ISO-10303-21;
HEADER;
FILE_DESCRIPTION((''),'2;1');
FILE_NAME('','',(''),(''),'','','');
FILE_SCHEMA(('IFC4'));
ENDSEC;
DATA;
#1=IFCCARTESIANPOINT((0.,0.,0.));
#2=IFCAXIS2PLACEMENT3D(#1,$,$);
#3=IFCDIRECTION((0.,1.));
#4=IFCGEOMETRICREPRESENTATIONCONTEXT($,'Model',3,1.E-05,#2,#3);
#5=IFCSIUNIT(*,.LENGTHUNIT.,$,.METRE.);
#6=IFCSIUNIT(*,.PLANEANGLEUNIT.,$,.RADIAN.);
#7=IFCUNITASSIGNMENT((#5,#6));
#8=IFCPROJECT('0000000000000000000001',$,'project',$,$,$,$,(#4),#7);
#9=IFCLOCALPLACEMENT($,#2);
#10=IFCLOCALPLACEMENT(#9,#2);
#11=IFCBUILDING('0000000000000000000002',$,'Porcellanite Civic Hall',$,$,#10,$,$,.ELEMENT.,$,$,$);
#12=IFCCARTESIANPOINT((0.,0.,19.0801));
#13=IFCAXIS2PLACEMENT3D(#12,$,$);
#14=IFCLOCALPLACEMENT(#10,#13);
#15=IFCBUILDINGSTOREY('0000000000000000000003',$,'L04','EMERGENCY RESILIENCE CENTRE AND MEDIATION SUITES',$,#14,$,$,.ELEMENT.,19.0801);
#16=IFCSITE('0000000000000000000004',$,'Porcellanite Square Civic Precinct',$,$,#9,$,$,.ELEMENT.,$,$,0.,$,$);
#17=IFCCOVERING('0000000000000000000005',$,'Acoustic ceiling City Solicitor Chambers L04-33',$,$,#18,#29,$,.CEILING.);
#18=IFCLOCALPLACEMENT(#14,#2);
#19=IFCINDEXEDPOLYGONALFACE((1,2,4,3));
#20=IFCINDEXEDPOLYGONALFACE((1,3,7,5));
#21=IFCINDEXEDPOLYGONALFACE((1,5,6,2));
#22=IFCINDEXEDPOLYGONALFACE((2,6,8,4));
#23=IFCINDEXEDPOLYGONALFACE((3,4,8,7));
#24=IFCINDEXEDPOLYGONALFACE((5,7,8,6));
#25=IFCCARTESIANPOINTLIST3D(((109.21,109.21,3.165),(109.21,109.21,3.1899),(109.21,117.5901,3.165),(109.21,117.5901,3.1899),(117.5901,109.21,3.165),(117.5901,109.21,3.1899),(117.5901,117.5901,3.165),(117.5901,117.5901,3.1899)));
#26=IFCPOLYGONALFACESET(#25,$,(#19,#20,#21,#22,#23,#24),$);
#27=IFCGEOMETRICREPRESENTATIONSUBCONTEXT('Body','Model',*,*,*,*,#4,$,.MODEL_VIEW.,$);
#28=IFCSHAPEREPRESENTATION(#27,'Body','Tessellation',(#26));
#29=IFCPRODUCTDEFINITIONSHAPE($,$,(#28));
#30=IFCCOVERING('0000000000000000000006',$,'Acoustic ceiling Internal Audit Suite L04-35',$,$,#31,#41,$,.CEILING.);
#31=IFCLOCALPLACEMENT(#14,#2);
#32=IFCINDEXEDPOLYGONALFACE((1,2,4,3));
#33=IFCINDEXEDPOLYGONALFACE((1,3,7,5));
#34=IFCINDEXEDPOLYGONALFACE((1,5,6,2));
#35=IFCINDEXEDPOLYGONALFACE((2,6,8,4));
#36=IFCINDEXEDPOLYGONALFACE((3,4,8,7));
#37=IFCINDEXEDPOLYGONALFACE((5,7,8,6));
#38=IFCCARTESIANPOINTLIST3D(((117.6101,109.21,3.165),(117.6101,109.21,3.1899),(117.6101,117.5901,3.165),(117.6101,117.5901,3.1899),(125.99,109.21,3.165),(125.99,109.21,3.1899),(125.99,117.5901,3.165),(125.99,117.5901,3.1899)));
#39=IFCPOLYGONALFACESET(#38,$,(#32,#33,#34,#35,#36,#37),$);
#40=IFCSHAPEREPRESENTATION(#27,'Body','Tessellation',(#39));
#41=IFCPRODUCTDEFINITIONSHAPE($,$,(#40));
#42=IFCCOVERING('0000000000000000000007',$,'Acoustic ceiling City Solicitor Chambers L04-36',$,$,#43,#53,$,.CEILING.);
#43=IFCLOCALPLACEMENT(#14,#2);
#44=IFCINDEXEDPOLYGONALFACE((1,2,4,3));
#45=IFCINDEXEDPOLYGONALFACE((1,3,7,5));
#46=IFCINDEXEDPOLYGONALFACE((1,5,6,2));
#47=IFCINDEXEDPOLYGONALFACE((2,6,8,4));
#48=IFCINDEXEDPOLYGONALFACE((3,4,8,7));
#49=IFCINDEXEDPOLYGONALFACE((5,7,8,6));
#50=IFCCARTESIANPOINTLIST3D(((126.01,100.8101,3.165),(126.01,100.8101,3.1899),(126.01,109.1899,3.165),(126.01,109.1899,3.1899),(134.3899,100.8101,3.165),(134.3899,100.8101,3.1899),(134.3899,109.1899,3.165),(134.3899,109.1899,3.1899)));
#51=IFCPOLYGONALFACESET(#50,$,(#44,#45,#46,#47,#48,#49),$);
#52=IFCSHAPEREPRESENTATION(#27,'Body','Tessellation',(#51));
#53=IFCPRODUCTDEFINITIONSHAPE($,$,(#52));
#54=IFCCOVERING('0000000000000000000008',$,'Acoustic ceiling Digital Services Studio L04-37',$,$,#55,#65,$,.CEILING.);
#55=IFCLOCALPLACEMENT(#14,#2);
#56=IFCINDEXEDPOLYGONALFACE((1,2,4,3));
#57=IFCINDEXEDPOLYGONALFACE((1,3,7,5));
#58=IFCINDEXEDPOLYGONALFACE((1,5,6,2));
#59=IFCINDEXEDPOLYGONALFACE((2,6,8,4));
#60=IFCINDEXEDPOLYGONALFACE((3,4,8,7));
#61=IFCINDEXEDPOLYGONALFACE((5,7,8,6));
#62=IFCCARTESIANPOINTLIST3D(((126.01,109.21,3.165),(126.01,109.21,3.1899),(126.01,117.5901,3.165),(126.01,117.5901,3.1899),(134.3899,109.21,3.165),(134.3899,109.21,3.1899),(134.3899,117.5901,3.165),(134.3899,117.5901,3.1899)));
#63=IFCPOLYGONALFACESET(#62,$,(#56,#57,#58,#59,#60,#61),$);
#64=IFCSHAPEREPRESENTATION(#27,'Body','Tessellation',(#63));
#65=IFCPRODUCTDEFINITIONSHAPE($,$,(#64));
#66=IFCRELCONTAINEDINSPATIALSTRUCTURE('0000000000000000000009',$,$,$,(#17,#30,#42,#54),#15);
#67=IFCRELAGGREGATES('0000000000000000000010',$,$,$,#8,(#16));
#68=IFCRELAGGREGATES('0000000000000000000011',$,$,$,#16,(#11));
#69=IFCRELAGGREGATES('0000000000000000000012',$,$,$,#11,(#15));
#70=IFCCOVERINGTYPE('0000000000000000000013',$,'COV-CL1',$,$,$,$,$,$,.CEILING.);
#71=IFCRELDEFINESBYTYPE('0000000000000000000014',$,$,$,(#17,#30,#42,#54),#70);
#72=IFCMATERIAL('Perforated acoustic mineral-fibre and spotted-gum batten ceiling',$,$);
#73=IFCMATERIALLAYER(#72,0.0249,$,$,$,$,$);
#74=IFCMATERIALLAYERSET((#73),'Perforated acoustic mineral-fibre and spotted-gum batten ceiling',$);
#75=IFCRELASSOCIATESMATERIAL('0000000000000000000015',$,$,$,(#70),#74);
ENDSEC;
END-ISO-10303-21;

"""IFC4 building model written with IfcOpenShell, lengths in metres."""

from ifc_helpers import new_model, si_unit, direction, frame, origin, place, context, subcontext, project, spatial, polyline, outline, extrude, material, layer, layer_set, type_object, element, save


model = new_model("IFC4")

# Units and contexts
model_context = context("Model", 3, precision=1e-05, world=origin(), true_north=direction((0.0, 1.0)))
body_context = subcontext(model_context, "Body", "Model", "MODEL_VIEW")
ifc_project = project(units=[si_unit("LENGTHUNIT", "METRE"), si_unit("PLANEANGLEUNIT", "RADIAN")], contexts=[model_context])

# Site, building, storey
site_placement = place(None, origin())
site = spatial("IfcSite", under=ifc_project, at=site_placement, Name="Porcellanite Square Civic Precinct", CompositionType="ELEMENT", RefElevation=0.0)
building_placement = place(site_placement, origin())
building = spatial("IfcBuilding", under=site, at=building_placement, Name="Porcellanite Civic Hall", CompositionType="ELEMENT")
storey_placement = place(building_placement, frame((0.0, 0.0, 19.0801)))
storey = spatial("IfcBuildingStorey", under=building, at=storey_placement, Name="L04", Description="EMERGENCY RESILIENCE CENTRE AND MEDIATION SUITES", CompositionType="ELEMENT", Elevation=19.0801)

# Coverings
ifc_material_1 = material(Name="Perforated acoustic mineral-fibre and spotted-gum batten ceiling")
ifc_layer_1 = layer(ifc_material_1, 0.0249)
ifc_layer_set_1 = layer_set([ifc_layer_1], Name="Perforated acoustic mineral-fibre and spotted-gum batten ceiling")
covering_type = type_object("IfcCoveringType", Name="COV-CL1", PredefinedType="CEILING", material=ifc_layer_set_1)
covering_1_placement = place(storey_placement, frame((0.0, 0.0, 3.165)))
element("IfcCovering", 1, at=covering_1_placement, inside=storey, type_object=covering_type, Name="Acoustic ceiling City Solicitor Chambers L04-33", PredefinedType="CEILING", context=body_context, shape_type="SweptSolid", body=[
    extrude(outline(polyline([(109.21, 109.21), (117.5901, 109.21), (117.5901, 117.5901), (109.21, 117.5901), (109.21, 109.21)])), origin(), (0.0, 0.0, 1.0), 0.0249),
])
covering_2_placement = place(storey_placement, frame((0.0, 0.0, 3.165)))
element("IfcCovering", 2, at=covering_2_placement, inside=storey, type_object=covering_type, Name="Acoustic ceiling Internal Audit Suite L04-35", PredefinedType="CEILING", context=body_context, shape_type="SweptSolid", body=[
    extrude(outline(polyline([(117.6101, 109.21), (125.99, 109.21), (125.99, 117.5901), (117.6101, 117.5901), (117.6101, 109.21)])), origin(), (0.0, 0.0, 1.0), 0.0249),
])
covering_3_placement = place(storey_placement, frame((0.0, 0.0, 3.165)))
element("IfcCovering", 3, at=covering_3_placement, inside=storey, type_object=covering_type, Name="Acoustic ceiling City Solicitor Chambers L04-36", PredefinedType="CEILING", context=body_context, shape_type="SweptSolid", body=[
    extrude(outline(polyline([(126.01, 100.8101), (134.3899, 100.8101), (134.3899, 109.1899), (126.01, 109.1899), (126.01, 100.8101)])), origin(), (0.0, 0.0, 1.0), 0.0249),
])
covering_4_placement = place(storey_placement, frame((0.0, 0.0, 3.165)))
element("IfcCovering", 4, at=covering_4_placement, inside=storey, type_object=covering_type, Name="Acoustic ceiling Digital Services Studio L04-37", PredefinedType="CEILING", context=body_context, shape_type="SweptSolid", body=[
    extrude(outline(polyline([(126.01, 109.21), (134.3899, 109.21), (134.3899, 117.5901), (126.01, 117.5901), (126.01, 109.21)])), origin(), (0.0, 0.0, 1.0), 0.0249),
])

save(model, "model.ifc")
